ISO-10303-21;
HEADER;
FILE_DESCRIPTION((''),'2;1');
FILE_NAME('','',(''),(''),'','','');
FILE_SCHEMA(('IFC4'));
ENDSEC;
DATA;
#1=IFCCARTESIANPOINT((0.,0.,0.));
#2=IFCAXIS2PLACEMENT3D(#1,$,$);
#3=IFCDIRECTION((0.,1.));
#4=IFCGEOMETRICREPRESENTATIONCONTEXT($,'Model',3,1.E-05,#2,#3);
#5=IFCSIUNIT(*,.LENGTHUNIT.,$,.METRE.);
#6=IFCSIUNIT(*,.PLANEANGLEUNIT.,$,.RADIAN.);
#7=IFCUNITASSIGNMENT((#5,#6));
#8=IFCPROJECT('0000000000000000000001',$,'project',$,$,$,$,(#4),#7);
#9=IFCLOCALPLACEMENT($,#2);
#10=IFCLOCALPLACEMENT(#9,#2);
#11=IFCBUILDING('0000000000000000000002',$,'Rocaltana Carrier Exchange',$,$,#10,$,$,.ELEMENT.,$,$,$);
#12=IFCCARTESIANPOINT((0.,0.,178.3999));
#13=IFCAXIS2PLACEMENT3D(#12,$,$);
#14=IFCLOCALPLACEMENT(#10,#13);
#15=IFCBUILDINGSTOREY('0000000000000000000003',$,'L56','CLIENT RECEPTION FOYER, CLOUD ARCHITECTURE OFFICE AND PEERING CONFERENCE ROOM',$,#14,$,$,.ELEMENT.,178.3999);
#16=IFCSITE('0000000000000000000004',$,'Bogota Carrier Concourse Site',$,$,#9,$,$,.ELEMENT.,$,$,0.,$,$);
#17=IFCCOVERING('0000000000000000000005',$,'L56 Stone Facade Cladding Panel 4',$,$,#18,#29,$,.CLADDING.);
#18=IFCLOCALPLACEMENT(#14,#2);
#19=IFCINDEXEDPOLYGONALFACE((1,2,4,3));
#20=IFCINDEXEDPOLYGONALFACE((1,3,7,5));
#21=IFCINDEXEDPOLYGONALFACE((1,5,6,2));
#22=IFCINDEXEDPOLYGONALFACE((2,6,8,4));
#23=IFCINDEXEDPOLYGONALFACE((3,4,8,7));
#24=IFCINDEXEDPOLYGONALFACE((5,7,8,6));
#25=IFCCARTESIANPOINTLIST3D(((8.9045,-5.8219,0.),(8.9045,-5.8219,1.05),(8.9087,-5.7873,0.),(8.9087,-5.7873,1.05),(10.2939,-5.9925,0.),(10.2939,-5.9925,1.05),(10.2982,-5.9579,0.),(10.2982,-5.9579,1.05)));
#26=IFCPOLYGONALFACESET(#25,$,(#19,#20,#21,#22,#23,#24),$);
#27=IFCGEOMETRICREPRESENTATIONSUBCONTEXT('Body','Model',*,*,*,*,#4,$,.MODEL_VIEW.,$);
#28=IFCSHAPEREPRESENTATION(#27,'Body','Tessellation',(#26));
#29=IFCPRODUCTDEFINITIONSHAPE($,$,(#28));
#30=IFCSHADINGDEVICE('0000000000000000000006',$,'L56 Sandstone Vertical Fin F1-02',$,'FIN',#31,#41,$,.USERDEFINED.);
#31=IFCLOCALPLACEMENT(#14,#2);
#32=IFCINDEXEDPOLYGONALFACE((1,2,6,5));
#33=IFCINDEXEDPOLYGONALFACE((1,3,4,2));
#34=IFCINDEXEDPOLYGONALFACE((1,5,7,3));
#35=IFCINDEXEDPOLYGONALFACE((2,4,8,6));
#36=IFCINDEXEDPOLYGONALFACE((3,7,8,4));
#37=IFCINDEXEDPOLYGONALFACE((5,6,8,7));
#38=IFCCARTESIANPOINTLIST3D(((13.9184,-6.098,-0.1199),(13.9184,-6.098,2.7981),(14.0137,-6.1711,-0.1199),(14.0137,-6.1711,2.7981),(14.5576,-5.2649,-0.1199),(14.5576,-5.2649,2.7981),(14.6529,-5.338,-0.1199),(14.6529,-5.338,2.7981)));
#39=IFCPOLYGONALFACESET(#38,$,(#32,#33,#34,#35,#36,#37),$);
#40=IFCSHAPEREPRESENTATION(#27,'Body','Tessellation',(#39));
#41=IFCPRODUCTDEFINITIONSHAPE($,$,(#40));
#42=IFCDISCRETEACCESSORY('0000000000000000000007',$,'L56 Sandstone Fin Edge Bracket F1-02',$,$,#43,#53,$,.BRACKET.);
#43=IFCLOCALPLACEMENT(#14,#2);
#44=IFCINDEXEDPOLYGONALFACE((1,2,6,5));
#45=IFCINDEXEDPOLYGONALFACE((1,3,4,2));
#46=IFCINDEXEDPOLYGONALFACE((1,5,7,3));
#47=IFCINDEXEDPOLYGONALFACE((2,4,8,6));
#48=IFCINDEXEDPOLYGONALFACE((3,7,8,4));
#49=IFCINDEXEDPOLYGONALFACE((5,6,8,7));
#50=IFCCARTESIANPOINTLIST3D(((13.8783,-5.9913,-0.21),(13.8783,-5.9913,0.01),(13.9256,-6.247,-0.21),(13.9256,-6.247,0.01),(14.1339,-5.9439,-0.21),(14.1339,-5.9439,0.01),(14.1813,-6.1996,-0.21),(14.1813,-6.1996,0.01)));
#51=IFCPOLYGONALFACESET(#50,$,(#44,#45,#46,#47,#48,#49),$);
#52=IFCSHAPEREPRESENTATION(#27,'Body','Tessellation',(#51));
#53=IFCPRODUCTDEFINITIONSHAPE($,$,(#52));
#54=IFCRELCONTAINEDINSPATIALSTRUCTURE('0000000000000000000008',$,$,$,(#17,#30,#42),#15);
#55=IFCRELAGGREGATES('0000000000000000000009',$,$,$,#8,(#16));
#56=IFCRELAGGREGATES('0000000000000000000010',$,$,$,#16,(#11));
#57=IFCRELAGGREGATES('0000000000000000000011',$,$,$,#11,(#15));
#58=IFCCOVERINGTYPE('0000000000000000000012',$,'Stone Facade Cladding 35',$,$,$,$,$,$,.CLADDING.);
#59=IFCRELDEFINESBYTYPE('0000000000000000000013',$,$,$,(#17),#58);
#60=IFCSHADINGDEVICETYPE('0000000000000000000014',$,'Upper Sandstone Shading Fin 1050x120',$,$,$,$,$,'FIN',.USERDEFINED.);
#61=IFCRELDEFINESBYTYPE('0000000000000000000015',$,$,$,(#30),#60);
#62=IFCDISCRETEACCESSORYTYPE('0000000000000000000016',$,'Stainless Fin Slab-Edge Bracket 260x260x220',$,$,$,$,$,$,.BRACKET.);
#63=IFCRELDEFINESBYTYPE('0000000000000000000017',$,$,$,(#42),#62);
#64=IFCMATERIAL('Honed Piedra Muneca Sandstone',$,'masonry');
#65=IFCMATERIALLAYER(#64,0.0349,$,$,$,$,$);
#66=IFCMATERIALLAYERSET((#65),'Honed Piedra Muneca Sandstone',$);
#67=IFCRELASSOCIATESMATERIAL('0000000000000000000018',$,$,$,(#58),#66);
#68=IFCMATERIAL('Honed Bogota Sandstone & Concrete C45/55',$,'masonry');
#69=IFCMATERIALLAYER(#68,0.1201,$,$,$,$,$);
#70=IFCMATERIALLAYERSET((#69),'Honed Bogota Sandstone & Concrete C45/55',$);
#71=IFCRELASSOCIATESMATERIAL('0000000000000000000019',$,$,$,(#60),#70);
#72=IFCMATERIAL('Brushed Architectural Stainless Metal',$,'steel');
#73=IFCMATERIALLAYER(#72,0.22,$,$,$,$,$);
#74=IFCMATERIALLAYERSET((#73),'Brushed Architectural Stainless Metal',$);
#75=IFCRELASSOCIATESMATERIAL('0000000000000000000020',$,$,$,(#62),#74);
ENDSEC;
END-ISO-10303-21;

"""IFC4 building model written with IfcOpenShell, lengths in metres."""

from ifc_helpers import new_model, si_unit, direction, frame, origin, origin_2d, place, context, subcontext, project, spatial, rectangle, extrude, material, layer, layer_set, type_object, element, save


model = new_model("IFC4")

# Units and contexts
model_context = context("Model", 3, precision=1e-05, world=origin(), true_north=direction((0.0, 1.0)))
body_context = subcontext(model_context, "Body", "Model", "MODEL_VIEW")
ifc_project = project(units=[si_unit("LENGTHUNIT", "METRE"), si_unit("PLANEANGLEUNIT", "RADIAN")], contexts=[model_context])

# Site, building, storey
site_placement = place(None, origin())
site = spatial("IfcSite", under=ifc_project, at=site_placement, Name="Bogota Carrier Concourse Site", CompositionType="ELEMENT", RefElevation=0.0)
building_placement = place(site_placement, origin())
building = spatial("IfcBuilding", under=site, at=building_placement, Name="Rocaltana Carrier Exchange", CompositionType="ELEMENT")
storey_placement = place(building_placement, frame((0.0, 0.0, 178.3999)))
storey = spatial("IfcBuildingStorey", under=building, at=storey_placement, Name="L56", Description="CLIENT RECEPTION FOYER, CLOUD ARCHITECTURE OFFICE AND PEERING CONFERENCE ROOM", CompositionType="ELEMENT", Elevation=178.3999)

# Covering
ifc_material_1 = material(Name="Honed Piedra Muneca Sandstone", Category="masonry")
ifc_layer_1 = layer(ifc_material_1, 0.0349)
ifc_layer_set_1 = layer_set([ifc_layer_1], Name="Honed Piedra Muneca Sandstone")
covering_type_1 = type_object("IfcCoveringType", Name="Stone Facade Cladding 35", PredefinedType="CLADDING", material=ifc_layer_set_1)
covering_1_placement = place(storey_placement, frame((9.6013, -5.8899, 0.0), z_axis=(0.0, 0.0, 1.0), x_axis=(-0.992546, 0.121869, 0.0)))
element("IfcCovering", 1, at=covering_1_placement, inside=storey, type_object=covering_type_1, Name="L56 Stone Facade Cladding Panel 4", PredefinedType="CLADDING", context=body_context, shape_type="SweptSolid", body=[
    extrude(rectangle(XDim=1.3999, YDim=0.0349, at=origin_2d()), origin(), (0.0, 0.0, 1.0), 1.05),
])

# Shading device
ifc_material_2 = material(Name="Honed Bogota Sandstone & Concrete C45/55", Category="masonry")
ifc_layer_2 = layer(ifc_material_2, 0.1201)
ifc_layer_set_2 = layer_set([ifc_layer_2], Name="Honed Bogota Sandstone & Concrete C45/55")
shading_device_type = type_object("IfcShadingDeviceType", Name="Upper Sandstone Shading Fin 1050x120", ElementType="FIN", PredefinedType="USERDEFINED", material=ifc_layer_set_2)
shading_device_placement = place(storey_placement, frame((14.2856, -5.718, -0.1199), z_axis=(0.0, 0.0, 1.0), x_axis=(0.608761, 0.793353, 0.0)))
element("IfcShadingDevice", 2, at=shading_device_placement, inside=storey, type_object=shading_device_type, Name="L56 Sandstone Vertical Fin F1-02", ObjectType="FIN", PredefinedType="USERDEFINED", context=body_context, shape_type="SweptSolid", body=[
    extrude(rectangle(XDim=1.05, YDim=0.1201, at=origin_2d()), origin(), (0.0, 0.0, 1.0), 2.918),
])

# Discrete accessory
ifc_material_3 = material(Name="Brushed Architectural Stainless Metal", Category="steel")
ifc_layer_3 = layer(ifc_material_3, 0.22)
ifc_layer_set_3 = layer_set([ifc_layer_3], Name="Brushed Architectural Stainless Metal")
discrete_accessory_type = type_object("IfcDiscreteAccessoryType", Name="Stainless Fin Slab-Edge Bracket 260x260x220", PredefinedType="BRACKET", material=ifc_layer_set_3)
discrete_accessory_placement = place(storey_placement, frame((14.0298, -6.0955, -0.21), z_axis=(0.0, 0.0, 1.0), x_axis=(-0.182236, 0.983255, 0.0)))
element("IfcDiscreteAccessory", 3, at=discrete_accessory_placement, inside=storey, type_object=discrete_accessory_type, Name="L56 Sandstone Fin Edge Bracket F1-02", PredefinedType="BRACKET", context=body_context, shape_type="SweptSolid", body=[
    extrude(rectangle(XDim=0.26, YDim=0.26, at=origin_2d()), origin(), (0.0, 0.0, 1.0), 0.22),
])

save(model, "model.ifc")
